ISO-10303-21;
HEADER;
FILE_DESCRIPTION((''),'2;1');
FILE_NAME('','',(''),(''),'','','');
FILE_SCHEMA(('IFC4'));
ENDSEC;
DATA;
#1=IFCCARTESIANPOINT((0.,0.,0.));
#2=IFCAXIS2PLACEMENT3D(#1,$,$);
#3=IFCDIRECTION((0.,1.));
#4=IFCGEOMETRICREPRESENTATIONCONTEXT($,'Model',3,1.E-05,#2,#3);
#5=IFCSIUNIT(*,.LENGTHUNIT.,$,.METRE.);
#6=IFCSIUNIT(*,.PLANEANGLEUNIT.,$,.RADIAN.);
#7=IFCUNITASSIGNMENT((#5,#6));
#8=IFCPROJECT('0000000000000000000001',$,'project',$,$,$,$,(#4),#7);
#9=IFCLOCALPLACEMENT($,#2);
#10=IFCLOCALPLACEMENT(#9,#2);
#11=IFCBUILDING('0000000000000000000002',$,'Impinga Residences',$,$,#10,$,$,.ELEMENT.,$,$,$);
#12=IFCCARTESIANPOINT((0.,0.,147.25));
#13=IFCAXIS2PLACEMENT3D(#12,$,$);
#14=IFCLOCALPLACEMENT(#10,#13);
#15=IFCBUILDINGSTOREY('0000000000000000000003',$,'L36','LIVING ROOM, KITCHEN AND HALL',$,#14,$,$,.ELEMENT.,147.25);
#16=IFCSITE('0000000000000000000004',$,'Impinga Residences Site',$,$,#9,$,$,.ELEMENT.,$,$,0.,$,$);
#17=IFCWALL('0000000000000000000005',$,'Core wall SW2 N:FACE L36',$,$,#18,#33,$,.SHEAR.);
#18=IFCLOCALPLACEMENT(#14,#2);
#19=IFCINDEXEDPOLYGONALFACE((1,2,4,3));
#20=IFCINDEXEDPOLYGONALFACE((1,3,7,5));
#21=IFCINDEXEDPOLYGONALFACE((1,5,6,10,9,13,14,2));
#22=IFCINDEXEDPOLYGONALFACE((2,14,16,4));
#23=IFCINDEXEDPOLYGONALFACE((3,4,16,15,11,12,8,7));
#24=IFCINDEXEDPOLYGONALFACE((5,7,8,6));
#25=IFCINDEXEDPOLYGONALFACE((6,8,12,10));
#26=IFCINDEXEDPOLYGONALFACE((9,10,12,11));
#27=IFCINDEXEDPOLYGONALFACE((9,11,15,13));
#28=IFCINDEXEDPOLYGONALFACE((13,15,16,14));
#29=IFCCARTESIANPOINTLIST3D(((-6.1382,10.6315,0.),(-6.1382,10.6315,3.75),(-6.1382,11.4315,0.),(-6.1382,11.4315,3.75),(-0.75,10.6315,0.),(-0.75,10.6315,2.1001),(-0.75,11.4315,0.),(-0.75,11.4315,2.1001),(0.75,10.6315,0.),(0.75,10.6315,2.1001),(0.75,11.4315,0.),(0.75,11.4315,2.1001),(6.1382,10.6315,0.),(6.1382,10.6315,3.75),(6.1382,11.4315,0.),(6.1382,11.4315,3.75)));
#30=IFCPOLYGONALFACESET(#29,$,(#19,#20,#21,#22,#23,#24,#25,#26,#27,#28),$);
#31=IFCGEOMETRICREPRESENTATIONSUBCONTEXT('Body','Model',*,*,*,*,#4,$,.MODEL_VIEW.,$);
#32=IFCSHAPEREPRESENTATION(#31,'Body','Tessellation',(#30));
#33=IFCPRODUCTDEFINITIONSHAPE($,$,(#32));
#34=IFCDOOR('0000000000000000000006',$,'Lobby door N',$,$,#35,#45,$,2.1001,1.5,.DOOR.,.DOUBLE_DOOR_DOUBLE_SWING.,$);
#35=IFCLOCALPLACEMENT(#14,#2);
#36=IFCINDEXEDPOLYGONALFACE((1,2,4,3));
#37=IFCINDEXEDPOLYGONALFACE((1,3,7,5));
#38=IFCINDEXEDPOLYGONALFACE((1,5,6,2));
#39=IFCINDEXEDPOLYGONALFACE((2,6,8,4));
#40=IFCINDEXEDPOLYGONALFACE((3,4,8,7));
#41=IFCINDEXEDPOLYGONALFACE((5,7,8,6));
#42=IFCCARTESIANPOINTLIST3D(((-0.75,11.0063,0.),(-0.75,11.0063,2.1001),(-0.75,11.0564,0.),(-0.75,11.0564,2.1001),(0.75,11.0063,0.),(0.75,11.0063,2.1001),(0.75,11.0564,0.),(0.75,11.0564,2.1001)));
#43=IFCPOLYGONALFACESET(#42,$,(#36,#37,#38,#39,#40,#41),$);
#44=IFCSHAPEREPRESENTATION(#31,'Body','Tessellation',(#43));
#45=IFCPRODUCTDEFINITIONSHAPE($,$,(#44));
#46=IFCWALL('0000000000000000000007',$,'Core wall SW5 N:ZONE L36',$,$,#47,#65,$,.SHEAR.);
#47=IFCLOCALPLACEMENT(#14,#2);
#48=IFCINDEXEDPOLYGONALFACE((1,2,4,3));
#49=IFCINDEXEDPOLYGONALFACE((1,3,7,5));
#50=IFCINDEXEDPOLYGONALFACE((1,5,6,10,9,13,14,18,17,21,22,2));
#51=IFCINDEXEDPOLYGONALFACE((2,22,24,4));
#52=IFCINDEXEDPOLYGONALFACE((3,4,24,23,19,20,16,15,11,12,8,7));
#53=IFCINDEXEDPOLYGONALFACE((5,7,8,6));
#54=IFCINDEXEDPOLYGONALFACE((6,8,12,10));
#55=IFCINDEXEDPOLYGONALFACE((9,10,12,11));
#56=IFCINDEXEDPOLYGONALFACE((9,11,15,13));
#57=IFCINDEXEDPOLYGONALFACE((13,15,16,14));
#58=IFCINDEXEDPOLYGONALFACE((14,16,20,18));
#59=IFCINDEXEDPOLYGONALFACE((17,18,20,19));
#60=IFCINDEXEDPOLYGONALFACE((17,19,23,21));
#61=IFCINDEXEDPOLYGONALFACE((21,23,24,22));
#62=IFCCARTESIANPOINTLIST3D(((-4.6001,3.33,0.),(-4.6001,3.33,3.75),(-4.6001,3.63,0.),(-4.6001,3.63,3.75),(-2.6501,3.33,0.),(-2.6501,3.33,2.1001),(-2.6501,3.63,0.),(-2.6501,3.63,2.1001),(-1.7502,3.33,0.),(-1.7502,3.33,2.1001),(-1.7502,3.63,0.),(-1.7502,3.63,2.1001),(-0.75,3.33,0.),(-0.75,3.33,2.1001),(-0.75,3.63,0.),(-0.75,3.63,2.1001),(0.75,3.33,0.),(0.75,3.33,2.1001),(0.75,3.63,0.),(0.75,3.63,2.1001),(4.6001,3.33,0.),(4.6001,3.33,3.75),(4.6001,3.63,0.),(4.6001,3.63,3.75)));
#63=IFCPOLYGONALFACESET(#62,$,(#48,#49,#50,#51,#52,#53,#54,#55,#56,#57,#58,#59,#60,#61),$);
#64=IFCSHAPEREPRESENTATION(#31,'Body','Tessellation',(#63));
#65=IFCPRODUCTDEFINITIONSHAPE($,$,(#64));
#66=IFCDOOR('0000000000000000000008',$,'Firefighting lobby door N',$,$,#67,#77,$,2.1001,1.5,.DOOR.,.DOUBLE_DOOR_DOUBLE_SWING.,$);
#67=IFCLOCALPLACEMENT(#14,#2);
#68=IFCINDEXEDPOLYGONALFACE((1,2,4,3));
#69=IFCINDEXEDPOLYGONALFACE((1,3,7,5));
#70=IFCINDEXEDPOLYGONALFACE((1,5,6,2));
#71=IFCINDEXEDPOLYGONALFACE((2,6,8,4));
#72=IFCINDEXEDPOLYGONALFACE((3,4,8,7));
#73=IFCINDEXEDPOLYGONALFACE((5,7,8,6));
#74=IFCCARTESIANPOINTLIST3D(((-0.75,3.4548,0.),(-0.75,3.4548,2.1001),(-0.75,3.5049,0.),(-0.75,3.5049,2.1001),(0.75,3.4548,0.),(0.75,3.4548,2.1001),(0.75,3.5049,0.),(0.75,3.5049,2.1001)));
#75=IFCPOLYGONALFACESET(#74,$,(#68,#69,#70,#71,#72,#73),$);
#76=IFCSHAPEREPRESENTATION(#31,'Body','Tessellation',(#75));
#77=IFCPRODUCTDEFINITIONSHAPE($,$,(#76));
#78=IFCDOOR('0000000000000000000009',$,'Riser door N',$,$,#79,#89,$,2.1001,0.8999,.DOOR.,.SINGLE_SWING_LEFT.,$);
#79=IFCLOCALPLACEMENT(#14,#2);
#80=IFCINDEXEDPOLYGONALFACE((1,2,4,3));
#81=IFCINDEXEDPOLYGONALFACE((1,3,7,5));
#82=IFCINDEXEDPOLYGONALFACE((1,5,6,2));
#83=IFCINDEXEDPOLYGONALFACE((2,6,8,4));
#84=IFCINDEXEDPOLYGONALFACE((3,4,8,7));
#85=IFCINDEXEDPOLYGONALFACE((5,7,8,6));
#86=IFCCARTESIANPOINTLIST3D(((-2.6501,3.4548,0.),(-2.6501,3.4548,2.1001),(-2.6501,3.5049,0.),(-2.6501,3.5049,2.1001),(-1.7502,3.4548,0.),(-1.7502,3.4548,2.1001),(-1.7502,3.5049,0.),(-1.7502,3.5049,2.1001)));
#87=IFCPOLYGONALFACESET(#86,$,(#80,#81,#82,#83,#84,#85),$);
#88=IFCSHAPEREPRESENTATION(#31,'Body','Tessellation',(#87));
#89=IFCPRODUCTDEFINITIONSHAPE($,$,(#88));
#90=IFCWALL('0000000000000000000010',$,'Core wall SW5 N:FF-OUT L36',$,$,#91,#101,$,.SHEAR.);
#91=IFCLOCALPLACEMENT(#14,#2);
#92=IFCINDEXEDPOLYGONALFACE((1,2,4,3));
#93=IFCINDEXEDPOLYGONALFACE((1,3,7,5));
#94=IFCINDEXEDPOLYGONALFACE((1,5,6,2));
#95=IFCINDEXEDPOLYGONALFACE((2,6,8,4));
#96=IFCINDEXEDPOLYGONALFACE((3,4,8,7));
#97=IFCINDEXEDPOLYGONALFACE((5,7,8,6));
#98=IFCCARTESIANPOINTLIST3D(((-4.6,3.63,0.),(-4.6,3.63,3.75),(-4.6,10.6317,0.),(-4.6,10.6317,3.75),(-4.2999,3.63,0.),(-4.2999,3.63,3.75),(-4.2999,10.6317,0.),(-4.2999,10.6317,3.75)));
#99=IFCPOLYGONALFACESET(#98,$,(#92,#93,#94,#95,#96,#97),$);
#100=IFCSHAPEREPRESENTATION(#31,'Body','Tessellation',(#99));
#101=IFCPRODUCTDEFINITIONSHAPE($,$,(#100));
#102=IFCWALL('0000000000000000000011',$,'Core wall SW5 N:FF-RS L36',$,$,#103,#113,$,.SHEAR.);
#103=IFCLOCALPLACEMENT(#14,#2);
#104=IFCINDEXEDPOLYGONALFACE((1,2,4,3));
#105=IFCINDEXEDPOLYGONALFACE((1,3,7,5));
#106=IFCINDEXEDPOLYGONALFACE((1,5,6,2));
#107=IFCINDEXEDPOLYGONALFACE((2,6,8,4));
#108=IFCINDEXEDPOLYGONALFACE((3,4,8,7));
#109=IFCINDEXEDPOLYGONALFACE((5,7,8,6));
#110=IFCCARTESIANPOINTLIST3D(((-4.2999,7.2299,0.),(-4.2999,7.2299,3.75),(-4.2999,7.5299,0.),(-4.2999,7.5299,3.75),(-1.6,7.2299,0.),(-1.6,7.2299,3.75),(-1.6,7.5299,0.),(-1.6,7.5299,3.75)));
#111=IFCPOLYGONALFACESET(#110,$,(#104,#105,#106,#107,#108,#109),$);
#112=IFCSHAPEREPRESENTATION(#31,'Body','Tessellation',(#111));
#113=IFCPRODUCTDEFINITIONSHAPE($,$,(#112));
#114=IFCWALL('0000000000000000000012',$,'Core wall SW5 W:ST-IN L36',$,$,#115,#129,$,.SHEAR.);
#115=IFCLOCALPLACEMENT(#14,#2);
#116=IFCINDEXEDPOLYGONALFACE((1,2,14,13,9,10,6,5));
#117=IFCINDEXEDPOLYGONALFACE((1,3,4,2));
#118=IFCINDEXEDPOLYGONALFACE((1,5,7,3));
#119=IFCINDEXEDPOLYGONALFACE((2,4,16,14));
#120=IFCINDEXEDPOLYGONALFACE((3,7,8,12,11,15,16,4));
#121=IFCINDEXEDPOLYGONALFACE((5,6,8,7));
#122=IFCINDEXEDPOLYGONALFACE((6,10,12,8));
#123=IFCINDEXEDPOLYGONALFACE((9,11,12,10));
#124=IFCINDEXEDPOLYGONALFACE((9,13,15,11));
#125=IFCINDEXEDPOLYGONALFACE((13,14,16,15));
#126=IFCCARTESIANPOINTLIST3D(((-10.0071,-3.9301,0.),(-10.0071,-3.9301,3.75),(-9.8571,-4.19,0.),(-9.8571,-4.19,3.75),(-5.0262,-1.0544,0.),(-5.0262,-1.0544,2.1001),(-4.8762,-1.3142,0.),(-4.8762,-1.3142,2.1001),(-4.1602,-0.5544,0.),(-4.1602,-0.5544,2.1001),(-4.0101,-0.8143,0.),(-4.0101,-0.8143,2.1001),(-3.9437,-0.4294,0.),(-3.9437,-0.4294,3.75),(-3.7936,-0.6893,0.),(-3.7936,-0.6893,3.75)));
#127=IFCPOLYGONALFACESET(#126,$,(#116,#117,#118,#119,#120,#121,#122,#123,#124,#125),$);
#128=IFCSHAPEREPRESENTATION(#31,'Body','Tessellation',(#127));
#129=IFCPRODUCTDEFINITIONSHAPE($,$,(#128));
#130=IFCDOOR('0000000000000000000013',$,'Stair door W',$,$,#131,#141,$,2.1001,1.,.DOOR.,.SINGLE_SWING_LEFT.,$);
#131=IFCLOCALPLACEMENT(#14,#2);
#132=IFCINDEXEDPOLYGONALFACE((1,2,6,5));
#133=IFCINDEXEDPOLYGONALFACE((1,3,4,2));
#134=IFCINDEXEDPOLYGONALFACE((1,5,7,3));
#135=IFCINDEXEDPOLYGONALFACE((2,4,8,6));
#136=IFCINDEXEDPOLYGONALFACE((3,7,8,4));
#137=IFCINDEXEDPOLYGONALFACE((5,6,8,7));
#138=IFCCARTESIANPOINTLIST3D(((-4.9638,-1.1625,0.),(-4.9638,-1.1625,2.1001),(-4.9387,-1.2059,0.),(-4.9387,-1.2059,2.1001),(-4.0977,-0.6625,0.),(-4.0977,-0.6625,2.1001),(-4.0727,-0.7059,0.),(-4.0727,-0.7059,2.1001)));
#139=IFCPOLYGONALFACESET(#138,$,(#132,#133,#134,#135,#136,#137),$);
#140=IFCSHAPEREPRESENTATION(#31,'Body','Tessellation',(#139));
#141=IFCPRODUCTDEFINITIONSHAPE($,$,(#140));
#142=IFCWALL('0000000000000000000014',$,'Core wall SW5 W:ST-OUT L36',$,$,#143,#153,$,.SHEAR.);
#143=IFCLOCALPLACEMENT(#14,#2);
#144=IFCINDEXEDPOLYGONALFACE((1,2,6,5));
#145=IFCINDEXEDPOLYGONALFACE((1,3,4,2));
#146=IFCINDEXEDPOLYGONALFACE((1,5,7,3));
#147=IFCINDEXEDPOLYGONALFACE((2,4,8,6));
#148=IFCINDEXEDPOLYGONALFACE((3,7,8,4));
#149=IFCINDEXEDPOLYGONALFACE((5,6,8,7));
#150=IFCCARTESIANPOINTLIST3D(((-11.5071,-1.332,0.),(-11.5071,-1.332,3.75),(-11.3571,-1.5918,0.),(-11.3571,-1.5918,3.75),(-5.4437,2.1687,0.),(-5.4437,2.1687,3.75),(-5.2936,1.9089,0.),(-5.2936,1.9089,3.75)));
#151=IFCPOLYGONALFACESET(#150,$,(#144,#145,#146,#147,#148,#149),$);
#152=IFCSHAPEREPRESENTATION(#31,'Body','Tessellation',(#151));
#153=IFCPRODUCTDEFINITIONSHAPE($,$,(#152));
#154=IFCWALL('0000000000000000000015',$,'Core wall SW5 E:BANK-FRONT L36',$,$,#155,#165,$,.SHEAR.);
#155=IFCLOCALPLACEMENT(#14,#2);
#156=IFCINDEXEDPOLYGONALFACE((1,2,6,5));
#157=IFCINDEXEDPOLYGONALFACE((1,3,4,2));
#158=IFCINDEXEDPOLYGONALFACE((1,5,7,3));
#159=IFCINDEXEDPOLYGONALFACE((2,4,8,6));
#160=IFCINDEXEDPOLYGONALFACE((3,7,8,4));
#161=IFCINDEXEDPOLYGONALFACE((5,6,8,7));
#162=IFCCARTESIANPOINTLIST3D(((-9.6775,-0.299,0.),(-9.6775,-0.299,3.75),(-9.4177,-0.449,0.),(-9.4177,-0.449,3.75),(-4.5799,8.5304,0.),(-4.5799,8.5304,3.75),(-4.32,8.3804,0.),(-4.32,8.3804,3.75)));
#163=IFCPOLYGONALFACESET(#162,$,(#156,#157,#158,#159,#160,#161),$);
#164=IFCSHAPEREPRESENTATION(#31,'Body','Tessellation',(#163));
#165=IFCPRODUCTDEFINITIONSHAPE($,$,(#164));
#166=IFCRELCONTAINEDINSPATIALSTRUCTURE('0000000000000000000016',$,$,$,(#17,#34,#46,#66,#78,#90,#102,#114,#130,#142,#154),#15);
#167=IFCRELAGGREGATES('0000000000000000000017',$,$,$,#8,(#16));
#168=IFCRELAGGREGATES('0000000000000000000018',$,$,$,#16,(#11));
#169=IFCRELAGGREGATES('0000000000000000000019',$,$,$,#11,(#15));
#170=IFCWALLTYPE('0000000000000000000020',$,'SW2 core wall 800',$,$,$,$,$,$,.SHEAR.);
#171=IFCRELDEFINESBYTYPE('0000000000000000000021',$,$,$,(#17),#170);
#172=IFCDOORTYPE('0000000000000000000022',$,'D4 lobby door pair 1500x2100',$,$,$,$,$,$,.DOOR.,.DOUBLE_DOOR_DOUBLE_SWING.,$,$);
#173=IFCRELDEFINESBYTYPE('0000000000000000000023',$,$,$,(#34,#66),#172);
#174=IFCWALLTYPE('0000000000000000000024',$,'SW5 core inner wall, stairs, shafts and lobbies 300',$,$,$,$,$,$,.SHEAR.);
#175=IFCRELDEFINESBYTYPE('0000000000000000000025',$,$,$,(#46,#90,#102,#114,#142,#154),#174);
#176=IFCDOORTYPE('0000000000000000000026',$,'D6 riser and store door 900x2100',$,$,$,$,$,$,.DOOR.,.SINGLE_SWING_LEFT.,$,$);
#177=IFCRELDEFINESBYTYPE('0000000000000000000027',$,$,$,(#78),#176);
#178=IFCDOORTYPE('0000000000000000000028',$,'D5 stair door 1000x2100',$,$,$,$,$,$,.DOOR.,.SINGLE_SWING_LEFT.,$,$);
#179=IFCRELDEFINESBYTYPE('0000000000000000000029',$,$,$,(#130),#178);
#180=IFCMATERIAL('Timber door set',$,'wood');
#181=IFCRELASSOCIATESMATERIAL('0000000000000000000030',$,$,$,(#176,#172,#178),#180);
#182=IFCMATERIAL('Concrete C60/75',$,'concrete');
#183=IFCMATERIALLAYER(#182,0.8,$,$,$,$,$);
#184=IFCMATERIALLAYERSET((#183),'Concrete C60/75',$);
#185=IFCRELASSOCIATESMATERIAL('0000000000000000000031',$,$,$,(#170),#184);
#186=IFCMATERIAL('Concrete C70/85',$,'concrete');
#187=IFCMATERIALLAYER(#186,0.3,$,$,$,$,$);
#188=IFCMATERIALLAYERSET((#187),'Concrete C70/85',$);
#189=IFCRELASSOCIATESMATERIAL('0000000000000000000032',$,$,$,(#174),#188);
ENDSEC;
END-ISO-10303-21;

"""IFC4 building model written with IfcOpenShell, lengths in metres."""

from ifc_helpers import new_model, si_unit, direction, frame, frame_2d, origin, place, context, subcontext, project, spatial, rectangle, extrude, material, layer, layer_set, type_object, element, fill, save


model = new_model("IFC4")

# Units and contexts
model_context = context("Model", 3, precision=1e-05, world=origin(), true_north=direction((0.0, 1.0)))
body_context = subcontext(model_context, "Body", "Model", "MODEL_VIEW")
ifc_project = project(units=[si_unit("LENGTHUNIT", "METRE"), si_unit("PLANEANGLEUNIT", "RADIAN")], contexts=[model_context])

# Site, building, storey
site_placement = place(None, origin())
site = spatial("IfcSite", under=ifc_project, at=site_placement, Name="Impinga Residences Site", CompositionType="ELEMENT", RefElevation=0.0)
building_placement = place(site_placement, origin())
building = spatial("IfcBuilding", under=site, at=building_placement, Name="Impinga Residences", CompositionType="ELEMENT")
storey_placement = place(building_placement, frame((0.0, 0.0, 147.25)))
storey = spatial("IfcBuildingStorey", under=building, at=storey_placement, Name="L36", Description="LIVING ROOM, KITCHEN AND HALL", CompositionType="ELEMENT", Elevation=147.25)

# Shared definitions
ifc_material_1 = material(Name="Concrete C60/75", Category="concrete")

# Shared definitions
ifc_material_2 = material(Name="Timber door set", Category="wood")
door_type_1 = type_object("IfcDoorType", Name="D6 riser and store door 900x2100", OperationType="SINGLE_SWING_LEFT", PredefinedType="DOOR", material=ifc_material_2)

# Wall, opening, door
ifc_layer_1 = layer(ifc_material_1, 0.8)
ifc_layer_set_1 = layer_set([ifc_layer_1], Name="Concrete C60/75")
wall_type_1 = type_object("IfcWallType", Name="SW2 core wall 800", PredefinedType="SHEAR", material=ifc_layer_set_1)
wall_1_placement = place(storey_placement, frame((-6.1382, 11.0315, 0.0), z_axis=(0.0, 0.0, 1.0), x_axis=(1.0, 0.0, 0.0)))
wall_1 = element("IfcWall", 1, at=wall_1_placement, inside=storey, type_object=wall_type_1, Name="Core wall SW2 N:FACE L36", PredefinedType="SHEAR", context=body_context, shape_type="SweptSolid", body=[
    extrude(rectangle(XDim=12.2764, YDim=0.8, at=frame_2d((6.1382, 0.0))), origin(), (0.0, 0.0, 1.0), 3.75),
])
opening_1_placement = place(wall_1_placement, frame((5.3882, 0.0, 0.0)))
opening_1 = element("IfcOpeningElement", 2, at=opening_1_placement, cuts=wall_1, PredefinedType="OPENING", context=body_context, shape_type="SweptSolid", body=[
    extrude(rectangle(XDim=1.5, YDim=2.1001, at=frame_2d((0.75, 1.05))), frame((0.0, 0.4099, 0.0), z_axis=(0.0, -1.0, 0.0), x_axis=(1.0, 0.0, 0.0)), (0.0, 0.0, 1.0), 0.8201),
])
door_type_2 = type_object("IfcDoorType", Name="D4 lobby door pair 1500x2100", OperationType="DOUBLE_DOOR_DOUBLE_SWING", PredefinedType="DOOR", material=ifc_material_2)
door_1_placement = place(opening_1_placement, origin())
door_1 = element("IfcDoor", 3, at=door_1_placement, inside=storey, type_object=door_type_2, Name="Lobby door N", OperationType="DOUBLE_DOOR_DOUBLE_SWING", OverallHeight=2.1001, OverallWidth=1.5, PredefinedType="DOOR", context=body_context, shape_type="SweptSolid", body=[
    extrude(rectangle(XDim=1.5, YDim=2.1001, at=frame_2d((0.75, 1.05))), frame((0.0, 0.0249, 0.0), z_axis=(0.0, -1.0, 0.0), x_axis=(1.0, 0.0, 0.0)), (0.0, 0.0, 1.0), 0.05),
])
fill(opening_1, door_1)

# Wall, openings, doors
ifc_material_3 = material(Name="Concrete C70/85", Category="concrete")
ifc_layer_2 = layer(ifc_material_3, 0.3)
ifc_layer_set_2 = layer_set([ifc_layer_2], Name="Concrete C70/85")
wall_type_2 = type_object("IfcWallType", Name="SW5 core inner wall, stairs, shafts and lobbies 300", PredefinedType="SHEAR", material=ifc_layer_set_2)
wall_2_placement = place(storey_placement, frame((-4.6001, 3.48, 0.0), z_axis=(0.0, 0.0, 1.0), x_axis=(1.0, 0.0, 0.0)))
wall_2 = element("IfcWall", 4, at=wall_2_placement, inside=storey, type_object=wall_type_2, Name="Core wall SW5 N:ZONE L36", PredefinedType="SHEAR", context=body_context, shape_type="SweptSolid", body=[
    extrude(rectangle(XDim=9.2002, YDim=0.3, at=frame_2d((4.6001, 0.0))), origin(), (0.0, 0.0, 1.0), 3.75),
])
opening_2_placement = place(wall_2_placement, frame((3.8501, 0.0, 0.0)))
opening_2 = element("IfcOpeningElement", 5, at=opening_2_placement, cuts=wall_2, PredefinedType="OPENING", context=body_context, shape_type="SweptSolid", body=[
    extrude(rectangle(XDim=1.5, YDim=2.1001, at=frame_2d((0.75, 1.05))), frame((0.0, 0.1599, 0.0), z_axis=(0.0, -1.0, 0.0), x_axis=(1.0, 0.0, 0.0)), (0.0, 0.0, 1.0), 0.3201),
])
opening_3_placement = place(wall_2_placement, frame((1.95, 0.0, 0.0)))
opening_3 = element("IfcOpeningElement", 6, at=opening_3_placement, cuts=wall_2, PredefinedType="OPENING", context=body_context, shape_type="SweptSolid", body=[
    extrude(rectangle(XDim=0.8999, YDim=2.1001, at=frame_2d((0.45, 1.05))), frame((0.0, 0.1599, 0.0), z_axis=(0.0, -1.0, 0.0), x_axis=(1.0, 0.0, 0.0)), (0.0, 0.0, 1.0), 0.3201),
])
door_2_placement = place(opening_2_placement, origin())
door_2 = element("IfcDoor", 7, at=door_2_placement, inside=storey, type_object=door_type_2, Name="Firefighting lobby door N", OperationType="DOUBLE_DOOR_DOUBLE_SWING", OverallHeight=2.1001, OverallWidth=1.5, PredefinedType="DOOR", context=body_context, shape_type="SweptSolid", body=[
    extrude(rectangle(XDim=1.5, YDim=2.1001, at=frame_2d((0.75, 1.05))), frame((0.0, 0.0249, 0.0), z_axis=(0.0, -1.0, 0.0), x_axis=(1.0, 0.0, 0.0)), (0.0, 0.0, 1.0), 0.05),
])
fill(opening_2, door_2)
door_3_placement = place(opening_3_placement, origin())
door_3 = element("IfcDoor", 8, at=door_3_placement, inside=storey, type_object=door_type_1, Name="Riser door N", OperationType="SINGLE_SWING_LEFT", OverallHeight=2.1001, OverallWidth=0.8999, PredefinedType="DOOR", context=body_context, shape_type="SweptSolid", body=[
    extrude(rectangle(XDim=0.8999, YDim=2.1001, at=frame_2d((0.45, 1.05))), frame((0.0, 0.0249, 0.0), z_axis=(0.0, -1.0, 0.0), x_axis=(1.0, 0.0, 0.0)), (0.0, 0.0, 1.0), 0.05),
])
fill(opening_3, door_3)

# Walls
wall_3_placement = place(storey_placement, frame((-4.45, 3.6299, 0.0), z_axis=(0.0, 0.0, 1.0), x_axis=(0.0, 1.0, 0.0)))
element("IfcWall", 9, at=wall_3_placement, inside=storey, type_object=wall_type_2, Name="Core wall SW5 N:FF-OUT L36", PredefinedType="SHEAR", context=body_context, shape_type="SweptSolid", body=[
    extrude(rectangle(XDim=7.0017, YDim=0.3, at=frame_2d((3.501, 0.0))), origin(), (0.0, 0.0, 1.0), 3.75),
])
wall_4_placement = place(storey_placement, frame((-4.3, 7.3799, 0.0), z_axis=(0.0, 0.0, 1.0), x_axis=(1.0, 0.0, 0.0)))
element("IfcWall", 10, at=wall_4_placement, inside=storey, type_object=wall_type_2, Name="Core wall SW5 N:FF-RS L36", PredefinedType="SHEAR", context=body_context, shape_type="SweptSolid", body=[
    extrude(rectangle(XDim=2.7, YDim=0.3, at=frame_2d((1.3501, 0.0))), origin(), (0.0, 0.0, 1.0), 3.75),
])

# Wall, opening, door
wall_5_placement = place(storey_placement, frame((-3.8687, -0.5593, 0.0), z_axis=(0.0, 0.0, 1.0), x_axis=(-0.866026, -0.499998, 0.0)))
wall_5 = element("IfcWall", 11, at=wall_5_placement, inside=storey, type_object=wall_type_2, Name="Core wall SW5 W:ST-IN L36", PredefinedType="SHEAR", context=body_context, shape_type="SweptSolid", body=[
    extrude(rectangle(XDim=7.0015, YDim=0.3, at=frame_2d((3.5007, 0.0))), origin(), (0.0, 0.0, 1.0), 3.75),
])
opening_4_placement = place(wall_5_placement, frame((0.25, 0.0, 0.0)))
opening_4 = element("IfcOpeningElement", 12, at=opening_4_placement, cuts=wall_5, PredefinedType="OPENING", context=body_context, shape_type="SweptSolid", body=[
    extrude(rectangle(XDim=1.0, YDim=2.1001, at=frame_2d((0.5, 1.05))), frame((0.0, 0.1599, 0.0), z_axis=(0.0, -1.0, 0.0), x_axis=(1.0, 0.0, 0.0)), (0.0, 0.0, 1.0), 0.3201),
])
door_type_3 = type_object("IfcDoorType", Name="D5 stair door 1000x2100", OperationType="SINGLE_SWING_LEFT", PredefinedType="DOOR", material=ifc_material_2)
door_4_placement = place(opening_4_placement, origin())
door_4 = element("IfcDoor", 13, at=door_4_placement, inside=storey, type_object=door_type_3, Name="Stair door W", OperationType="SINGLE_SWING_LEFT", OverallHeight=2.1001, OverallWidth=1.0, PredefinedType="DOOR", context=body_context, shape_type="SweptSolid", body=[
    extrude(rectangle(XDim=1.0, YDim=2.1001, at=frame_2d((0.5, 1.05))), frame((0.0, 0.0249, 0.0), z_axis=(0.0, -1.0, 0.0), x_axis=(1.0, 0.0, 0.0)), (0.0, 0.0, 1.0), 0.05),
])
fill(opening_4, door_4)

# Walls
wall_6_placement = place(storey_placement, frame((-5.3687, 2.0388, 0.0), z_axis=(0.0, 0.0, 1.0), x_axis=(-0.866026, -0.499998, 0.0)))
element("IfcWall", 14, at=wall_6_placement, inside=storey, type_object=wall_type_2, Name="Core wall SW5 W:ST-OUT L36", PredefinedType="SHEAR", context=body_context, shape_type="SweptSolid", body=[
    extrude(rectangle(XDim=7.0015, YDim=0.3, at=frame_2d((3.5007, 0.0))), origin(), (0.0, 0.0, 1.0), 3.75),
])
wall_7_placement = place(storey_placement, frame((-9.5476, -0.374, 0.0), z_axis=(0.0, 0.0, 1.0), x_axis=(0.500002, 0.866024, 0.0)))
element("IfcWall", 15, at=wall_7_placement, inside=storey, type_object=wall_type_2, Name="Core wall SW5 E:BANK-FRONT L36", PredefinedType="SHEAR", context=body_context, shape_type="SweptSolid", body=[
    extrude(rectangle(XDim=10.1953, YDim=0.3, at=frame_2d((5.0977, 0.0))), origin(), (0.0, 0.0, 1.0), 3.75),
])

save(model, "model.ifc")
